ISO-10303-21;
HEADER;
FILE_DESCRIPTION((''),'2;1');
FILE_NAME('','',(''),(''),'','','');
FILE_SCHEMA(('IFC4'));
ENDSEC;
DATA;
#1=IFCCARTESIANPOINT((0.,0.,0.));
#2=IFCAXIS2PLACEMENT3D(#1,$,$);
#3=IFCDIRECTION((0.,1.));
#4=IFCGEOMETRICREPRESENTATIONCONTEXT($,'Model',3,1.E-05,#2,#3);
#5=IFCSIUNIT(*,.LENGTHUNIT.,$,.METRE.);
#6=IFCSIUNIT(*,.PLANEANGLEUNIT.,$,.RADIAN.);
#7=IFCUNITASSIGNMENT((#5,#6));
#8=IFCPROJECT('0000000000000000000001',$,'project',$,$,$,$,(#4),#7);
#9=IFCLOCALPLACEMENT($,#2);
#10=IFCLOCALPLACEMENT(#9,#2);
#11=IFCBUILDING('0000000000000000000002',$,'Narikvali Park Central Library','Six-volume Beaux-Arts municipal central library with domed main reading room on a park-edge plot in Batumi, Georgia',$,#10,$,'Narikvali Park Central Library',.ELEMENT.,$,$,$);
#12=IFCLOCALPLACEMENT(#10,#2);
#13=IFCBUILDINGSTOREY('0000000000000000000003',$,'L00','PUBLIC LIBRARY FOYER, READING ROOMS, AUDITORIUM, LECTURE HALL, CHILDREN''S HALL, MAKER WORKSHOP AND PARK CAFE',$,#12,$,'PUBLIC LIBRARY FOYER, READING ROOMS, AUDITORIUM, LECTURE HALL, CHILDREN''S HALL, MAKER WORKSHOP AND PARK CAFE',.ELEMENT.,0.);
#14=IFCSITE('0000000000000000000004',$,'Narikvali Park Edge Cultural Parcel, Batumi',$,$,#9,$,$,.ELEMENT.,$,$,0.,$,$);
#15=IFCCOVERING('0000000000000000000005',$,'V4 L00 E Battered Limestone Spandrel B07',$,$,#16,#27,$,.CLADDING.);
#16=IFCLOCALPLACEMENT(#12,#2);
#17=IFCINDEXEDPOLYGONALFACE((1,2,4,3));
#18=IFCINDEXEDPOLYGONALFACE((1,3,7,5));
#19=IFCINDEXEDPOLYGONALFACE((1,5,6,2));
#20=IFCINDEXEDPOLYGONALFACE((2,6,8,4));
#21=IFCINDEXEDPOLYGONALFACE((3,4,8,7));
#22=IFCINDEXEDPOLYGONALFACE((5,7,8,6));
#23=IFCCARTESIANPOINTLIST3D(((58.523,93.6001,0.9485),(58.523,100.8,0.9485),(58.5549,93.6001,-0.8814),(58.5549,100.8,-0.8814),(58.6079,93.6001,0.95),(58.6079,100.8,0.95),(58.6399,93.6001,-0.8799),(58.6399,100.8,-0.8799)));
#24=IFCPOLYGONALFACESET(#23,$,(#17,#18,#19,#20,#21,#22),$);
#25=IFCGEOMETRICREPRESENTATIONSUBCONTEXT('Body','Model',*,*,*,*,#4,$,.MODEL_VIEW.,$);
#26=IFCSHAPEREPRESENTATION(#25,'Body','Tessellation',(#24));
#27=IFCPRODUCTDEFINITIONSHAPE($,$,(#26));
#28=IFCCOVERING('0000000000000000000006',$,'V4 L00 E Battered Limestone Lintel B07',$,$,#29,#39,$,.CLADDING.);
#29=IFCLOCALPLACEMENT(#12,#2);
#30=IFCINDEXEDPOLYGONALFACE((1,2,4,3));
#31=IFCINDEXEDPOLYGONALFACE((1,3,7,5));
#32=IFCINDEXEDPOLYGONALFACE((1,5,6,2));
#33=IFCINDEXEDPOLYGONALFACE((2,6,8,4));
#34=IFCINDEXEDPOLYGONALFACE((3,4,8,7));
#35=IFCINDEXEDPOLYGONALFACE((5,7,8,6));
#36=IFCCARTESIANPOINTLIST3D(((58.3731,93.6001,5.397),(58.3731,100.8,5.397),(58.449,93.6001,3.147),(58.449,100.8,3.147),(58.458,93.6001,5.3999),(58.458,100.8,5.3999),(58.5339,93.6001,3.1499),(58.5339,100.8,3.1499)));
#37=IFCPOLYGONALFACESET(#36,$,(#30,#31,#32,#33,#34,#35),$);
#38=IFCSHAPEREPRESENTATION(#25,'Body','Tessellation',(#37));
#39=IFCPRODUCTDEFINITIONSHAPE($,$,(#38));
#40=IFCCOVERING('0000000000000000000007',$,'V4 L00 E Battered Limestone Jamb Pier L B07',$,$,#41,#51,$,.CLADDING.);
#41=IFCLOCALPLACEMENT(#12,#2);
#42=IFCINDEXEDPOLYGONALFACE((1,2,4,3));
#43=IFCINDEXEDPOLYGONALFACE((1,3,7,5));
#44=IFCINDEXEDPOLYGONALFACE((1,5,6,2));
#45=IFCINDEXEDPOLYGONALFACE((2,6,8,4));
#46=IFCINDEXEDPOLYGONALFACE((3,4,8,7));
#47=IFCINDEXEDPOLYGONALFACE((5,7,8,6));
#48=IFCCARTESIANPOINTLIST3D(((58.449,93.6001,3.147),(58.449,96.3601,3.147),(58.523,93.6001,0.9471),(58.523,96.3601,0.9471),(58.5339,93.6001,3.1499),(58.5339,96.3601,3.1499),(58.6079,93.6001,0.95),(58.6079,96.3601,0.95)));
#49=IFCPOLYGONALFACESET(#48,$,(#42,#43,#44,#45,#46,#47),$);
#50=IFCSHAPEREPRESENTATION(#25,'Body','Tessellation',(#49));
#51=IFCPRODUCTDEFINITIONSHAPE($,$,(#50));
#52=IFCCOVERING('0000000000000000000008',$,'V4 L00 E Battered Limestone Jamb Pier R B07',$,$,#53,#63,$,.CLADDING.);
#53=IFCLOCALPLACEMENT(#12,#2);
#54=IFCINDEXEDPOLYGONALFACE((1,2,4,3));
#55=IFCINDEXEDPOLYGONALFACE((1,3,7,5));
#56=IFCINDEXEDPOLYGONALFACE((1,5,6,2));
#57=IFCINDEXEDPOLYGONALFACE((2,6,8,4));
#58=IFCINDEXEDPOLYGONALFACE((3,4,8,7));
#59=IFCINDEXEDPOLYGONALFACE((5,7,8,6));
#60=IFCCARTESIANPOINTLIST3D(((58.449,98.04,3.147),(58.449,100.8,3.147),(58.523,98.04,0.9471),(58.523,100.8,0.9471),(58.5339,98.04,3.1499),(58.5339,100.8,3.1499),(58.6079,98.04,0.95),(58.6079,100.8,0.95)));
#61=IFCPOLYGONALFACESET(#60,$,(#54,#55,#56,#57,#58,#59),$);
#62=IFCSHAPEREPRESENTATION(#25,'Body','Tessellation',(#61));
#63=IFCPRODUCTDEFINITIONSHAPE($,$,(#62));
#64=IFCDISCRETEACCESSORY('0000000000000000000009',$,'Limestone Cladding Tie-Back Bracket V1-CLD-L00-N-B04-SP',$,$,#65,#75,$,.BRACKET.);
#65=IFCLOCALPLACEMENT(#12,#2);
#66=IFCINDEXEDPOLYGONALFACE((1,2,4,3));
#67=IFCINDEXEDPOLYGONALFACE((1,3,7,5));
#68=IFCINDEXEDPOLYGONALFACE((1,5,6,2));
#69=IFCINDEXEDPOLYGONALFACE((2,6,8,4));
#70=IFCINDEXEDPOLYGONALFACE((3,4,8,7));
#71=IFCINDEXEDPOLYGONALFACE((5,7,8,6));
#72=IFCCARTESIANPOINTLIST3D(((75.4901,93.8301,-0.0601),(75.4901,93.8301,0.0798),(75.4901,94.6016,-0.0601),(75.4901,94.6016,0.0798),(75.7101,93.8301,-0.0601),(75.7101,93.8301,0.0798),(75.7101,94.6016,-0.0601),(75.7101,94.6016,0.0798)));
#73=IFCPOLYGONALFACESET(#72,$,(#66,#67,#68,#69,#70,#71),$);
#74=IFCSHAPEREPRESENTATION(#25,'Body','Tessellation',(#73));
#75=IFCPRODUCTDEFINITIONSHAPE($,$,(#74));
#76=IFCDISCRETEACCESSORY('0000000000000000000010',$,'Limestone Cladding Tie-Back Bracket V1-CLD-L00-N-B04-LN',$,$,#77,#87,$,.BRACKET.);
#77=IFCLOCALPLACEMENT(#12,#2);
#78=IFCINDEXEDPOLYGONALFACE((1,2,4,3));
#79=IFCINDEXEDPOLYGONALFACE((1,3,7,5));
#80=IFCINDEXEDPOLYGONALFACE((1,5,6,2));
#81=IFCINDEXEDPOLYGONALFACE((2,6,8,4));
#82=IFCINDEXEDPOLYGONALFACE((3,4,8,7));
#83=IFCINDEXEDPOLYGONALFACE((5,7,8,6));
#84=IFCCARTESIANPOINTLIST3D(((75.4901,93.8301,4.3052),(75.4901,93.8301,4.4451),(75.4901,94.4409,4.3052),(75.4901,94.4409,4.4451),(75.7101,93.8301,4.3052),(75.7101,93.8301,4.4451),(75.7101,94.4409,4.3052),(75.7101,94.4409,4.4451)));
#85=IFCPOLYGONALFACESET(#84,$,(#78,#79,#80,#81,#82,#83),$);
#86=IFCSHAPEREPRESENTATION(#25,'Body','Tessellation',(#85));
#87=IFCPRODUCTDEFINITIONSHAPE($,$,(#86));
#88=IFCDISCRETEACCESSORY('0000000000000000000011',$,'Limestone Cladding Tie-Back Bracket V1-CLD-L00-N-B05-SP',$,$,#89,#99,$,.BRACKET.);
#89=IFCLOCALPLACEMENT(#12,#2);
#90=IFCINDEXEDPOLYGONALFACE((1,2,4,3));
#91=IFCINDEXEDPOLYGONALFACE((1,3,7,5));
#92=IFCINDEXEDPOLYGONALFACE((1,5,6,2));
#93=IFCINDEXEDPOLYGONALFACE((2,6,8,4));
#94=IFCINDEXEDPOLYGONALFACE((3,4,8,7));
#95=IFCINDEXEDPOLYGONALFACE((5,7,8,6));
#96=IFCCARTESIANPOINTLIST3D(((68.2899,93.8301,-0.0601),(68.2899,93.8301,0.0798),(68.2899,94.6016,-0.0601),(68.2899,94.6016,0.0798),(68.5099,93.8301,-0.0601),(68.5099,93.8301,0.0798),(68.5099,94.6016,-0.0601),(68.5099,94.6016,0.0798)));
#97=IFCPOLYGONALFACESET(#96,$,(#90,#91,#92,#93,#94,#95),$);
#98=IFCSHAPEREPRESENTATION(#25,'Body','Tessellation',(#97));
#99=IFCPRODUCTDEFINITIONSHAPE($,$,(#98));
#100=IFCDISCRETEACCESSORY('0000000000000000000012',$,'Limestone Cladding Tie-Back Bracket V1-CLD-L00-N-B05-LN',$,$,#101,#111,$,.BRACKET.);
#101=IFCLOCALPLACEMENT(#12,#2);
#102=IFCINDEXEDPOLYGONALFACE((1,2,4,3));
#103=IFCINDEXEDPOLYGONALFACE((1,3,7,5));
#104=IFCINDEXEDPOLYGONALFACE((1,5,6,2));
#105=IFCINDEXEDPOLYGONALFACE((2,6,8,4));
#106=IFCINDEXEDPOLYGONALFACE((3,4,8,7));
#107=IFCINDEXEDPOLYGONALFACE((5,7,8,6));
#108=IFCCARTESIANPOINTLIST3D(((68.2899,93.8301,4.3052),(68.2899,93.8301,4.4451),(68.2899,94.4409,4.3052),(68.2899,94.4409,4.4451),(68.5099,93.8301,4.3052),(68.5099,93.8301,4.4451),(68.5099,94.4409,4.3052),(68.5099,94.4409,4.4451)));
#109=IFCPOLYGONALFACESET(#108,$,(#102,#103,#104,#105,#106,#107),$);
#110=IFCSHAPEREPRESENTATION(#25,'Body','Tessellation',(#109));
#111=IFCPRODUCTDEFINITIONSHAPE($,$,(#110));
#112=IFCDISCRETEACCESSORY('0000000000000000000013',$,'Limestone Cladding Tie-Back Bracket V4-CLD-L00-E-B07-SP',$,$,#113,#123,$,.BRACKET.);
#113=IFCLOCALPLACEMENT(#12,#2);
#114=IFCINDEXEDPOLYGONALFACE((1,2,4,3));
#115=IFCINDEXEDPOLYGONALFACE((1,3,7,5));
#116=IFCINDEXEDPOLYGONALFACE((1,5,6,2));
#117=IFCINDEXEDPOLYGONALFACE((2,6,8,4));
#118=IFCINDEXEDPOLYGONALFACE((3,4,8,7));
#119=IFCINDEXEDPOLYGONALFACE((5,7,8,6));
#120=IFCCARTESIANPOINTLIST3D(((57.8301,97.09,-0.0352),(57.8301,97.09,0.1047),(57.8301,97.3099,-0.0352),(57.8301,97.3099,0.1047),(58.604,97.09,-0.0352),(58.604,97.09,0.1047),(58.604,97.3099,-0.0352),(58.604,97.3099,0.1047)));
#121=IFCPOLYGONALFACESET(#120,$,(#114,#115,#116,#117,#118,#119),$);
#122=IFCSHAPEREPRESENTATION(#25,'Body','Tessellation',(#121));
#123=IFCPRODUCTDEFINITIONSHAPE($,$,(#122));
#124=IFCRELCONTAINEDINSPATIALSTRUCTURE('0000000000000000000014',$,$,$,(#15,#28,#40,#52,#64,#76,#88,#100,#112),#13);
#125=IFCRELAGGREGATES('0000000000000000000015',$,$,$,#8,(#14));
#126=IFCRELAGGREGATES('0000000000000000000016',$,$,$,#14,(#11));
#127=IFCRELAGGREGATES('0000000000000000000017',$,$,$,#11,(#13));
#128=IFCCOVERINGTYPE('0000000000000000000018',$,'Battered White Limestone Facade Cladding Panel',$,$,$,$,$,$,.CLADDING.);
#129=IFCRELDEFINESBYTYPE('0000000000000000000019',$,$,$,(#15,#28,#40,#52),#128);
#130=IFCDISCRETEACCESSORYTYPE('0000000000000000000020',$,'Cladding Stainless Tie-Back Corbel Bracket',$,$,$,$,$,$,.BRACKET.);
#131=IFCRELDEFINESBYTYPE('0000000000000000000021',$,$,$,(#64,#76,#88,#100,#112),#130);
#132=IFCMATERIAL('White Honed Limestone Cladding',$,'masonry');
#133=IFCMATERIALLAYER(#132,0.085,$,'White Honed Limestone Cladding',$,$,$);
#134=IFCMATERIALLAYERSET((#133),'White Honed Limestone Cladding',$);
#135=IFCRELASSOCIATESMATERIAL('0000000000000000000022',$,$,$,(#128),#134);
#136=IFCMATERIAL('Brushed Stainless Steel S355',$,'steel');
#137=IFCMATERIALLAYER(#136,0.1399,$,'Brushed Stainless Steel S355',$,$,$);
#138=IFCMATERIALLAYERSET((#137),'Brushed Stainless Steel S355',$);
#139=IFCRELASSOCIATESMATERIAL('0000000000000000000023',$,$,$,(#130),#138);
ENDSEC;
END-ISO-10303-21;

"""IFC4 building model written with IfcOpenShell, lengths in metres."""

from ifc_helpers import new_model, si_unit, direction, frame, origin, origin_2d, place, context, subcontext, project, spatial, polyline, rectangle, outline, extrude, material, layer, layer_set, type_object, element, save


model = new_model("IFC4")

# Units and contexts
model_context = context("Model", 3, precision=1e-05, world=origin(), true_north=direction((0.0, 1.0)))
body_context = subcontext(model_context, "Body", "Model", "MODEL_VIEW")
ifc_project = project(units=[si_unit("LENGTHUNIT", "METRE"), si_unit("PLANEANGLEUNIT", "RADIAN")], contexts=[model_context])

# Site, building, storey
site_placement = place(None, origin())
site = spatial("IfcSite", under=ifc_project, at=site_placement, Name="Narikvali Park Edge Cultural Parcel, Batumi", CompositionType="ELEMENT", RefElevation=0.0)
building_placement = place(site_placement, origin())
building = spatial("IfcBuilding", under=site, at=building_placement, Name="Narikvali Park Central Library", Description="Six-volume Beaux-Arts municipal central library with domed main reading room on a park-edge plot in Batumi, Georgia", LongName="Narikvali Park Central Library", CompositionType="ELEMENT")
storey_placement = place(building_placement, origin())
storey = spatial("IfcBuildingStorey", under=building, at=storey_placement, Name="L00", Description="PUBLIC LIBRARY FOYER, READING ROOMS, AUDITORIUM, LECTURE HALL, CHILDREN'S HALL, MAKER WORKSHOP AND PARK CAFE", LongName="PUBLIC LIBRARY FOYER, READING ROOMS, AUDITORIUM, LECTURE HALL, CHILDREN'S HALL, MAKER WORKSHOP AND PARK CAFE", CompositionType="ELEMENT", Elevation=0.0)

# Coverings
ifc_material_1 = material(Name="White Honed Limestone Cladding", Category="masonry")
ifc_layer_1 = layer(ifc_material_1, 0.085, Name="White Honed Limestone Cladding")
ifc_layer_set_1 = layer_set([ifc_layer_1], Name="White Honed Limestone Cladding")
covering_type = type_object("IfcCoveringType", Name="Battered White Limestone Facade Cladding Panel", PredefinedType="CLADDING", material=ifc_layer_set_1)
covering_1_placement = place(storey_placement, frame((58.6399, 93.6001, -0.8799), z_axis=(0.999847, 0.0, 0.017476), x_axis=(0.0, 1.0, 0.0)))
element("IfcCovering", 1, at=covering_1_placement, inside=storey, type_object=covering_type, Name="V4 L00 E Battered Limestone Spandrel B07", PredefinedType="CLADDING", context=body_context, shape_type="SweptSolid", body=[
    extrude(outline(polyline([(0.0, 0.0), (7.2, 0.0), (7.2, 1.8301), (0.0, 1.8301), (0.0, 0.0)])), origin(), (0.0, 0.0, -1.0), 0.085),
])
covering_2_placement = place(storey_placement, frame((58.5339, 93.6001, 3.1499), z_axis=(0.999431, 0.0, 0.033726), x_axis=(0.0, 1.0, 0.0)))
element("IfcCovering", 2, at=covering_2_placement, inside=storey, type_object=covering_type, Name="V4 L00 E Battered Limestone Lintel B07", PredefinedType="CLADDING", context=body_context, shape_type="SweptSolid", body=[
    extrude(outline(polyline([(0.0, 0.0), (7.2, 0.0), (7.2, 2.2513), (0.0, 2.2513), (0.0, 0.0)])), origin(), (0.0, 0.0, -1.0), 0.085),
])
for number, where, z_axis, x_axis, name in (
    (3, (58.6079, 93.6001, 0.95), (0.999435, 0.0, 0.033607), (0.0, 1.0, 0.0), "V4 L00 E Battered Limestone Jamb Pier L B07"),
    (4, (58.6079, 98.04, 0.95), (0.999435, 0.0, 0.033607), (0.0, 1.0, 0.0), "V4 L00 E Battered Limestone Jamb Pier R B07"),
):
    element("IfcCovering", number, at=place(storey_placement, frame(where, z_axis=z_axis, x_axis=x_axis)), inside=storey, type_object=covering_type, Name=name, PredefinedType="CLADDING", context=body_context, shape_type="SweptSolid", body=[
        extrude(outline(polyline([(0.0, 0.0), (2.76, 0.0), (2.76, 2.2012), (0.0, 2.2012), (0.0, 0.0)])), origin(), (0.0, 0.0, -1.0), 0.085),
    ])

# Discrete accessories
ifc_material_2 = material(Name="Brushed Stainless Steel S355", Category="steel")
ifc_layer_2 = layer(ifc_material_2, 0.1399, Name="Brushed Stainless Steel S355")
ifc_layer_set_2 = layer_set([ifc_layer_2], Name="Brushed Stainless Steel S355")
discrete_accessory_type = type_object("IfcDiscreteAccessoryType", Name="Cladding Stainless Tie-Back Corbel Bracket", PredefinedType="BRACKET", material=ifc_layer_set_2)
discrete_accessory_1_placement = place(storey_placement, frame((75.6001, 94.2158, -0.0601), z_axis=(0.0, 0.0, 1.0), x_axis=(1.0, 0.0, 0.0)))
element("IfcDiscreteAccessory", 5, at=discrete_accessory_1_placement, inside=storey, type_object=discrete_accessory_type, Name="Limestone Cladding Tie-Back Bracket V1-CLD-L00-N-B04-SP", PredefinedType="BRACKET", context=body_context, shape_type="SweptSolid", body=[
    extrude(rectangle(XDim=0.22, YDim=0.7715, at=origin_2d()), origin(), (0.0, 0.0, 1.0), 0.1399),
])
discrete_accessory_2_placement = place(storey_placement, frame((75.6001, 94.1355, 4.3052), z_axis=(0.0, 0.0, 1.0), x_axis=(1.0, 0.0, 0.0)))
element("IfcDiscreteAccessory", 6, at=discrete_accessory_2_placement, inside=storey, type_object=discrete_accessory_type, Name="Limestone Cladding Tie-Back Bracket V1-CLD-L00-N-B04-LN", PredefinedType="BRACKET", context=body_context, shape_type="SweptSolid", body=[
    extrude(rectangle(XDim=0.22, YDim=0.6108, at=origin_2d()), origin(), (0.0, 0.0, 1.0), 0.1399),
])
discrete_accessory_3_placement = place(storey_placement, frame((68.3999, 94.2158, -0.0601), z_axis=(0.0, 0.0, 1.0), x_axis=(1.0, 0.0, 0.0)))
element("IfcDiscreteAccessory", 7, at=discrete_accessory_3_placement, inside=storey, type_object=discrete_accessory_type, Name="Limestone Cladding Tie-Back Bracket V1-CLD-L00-N-B05-SP", PredefinedType="BRACKET", context=body_context, shape_type="SweptSolid", body=[
    extrude(rectangle(XDim=0.22, YDim=0.7715, at=origin_2d()), origin(), (0.0, 0.0, 1.0), 0.1399),
])
discrete_accessory_4_placement = place(storey_placement, frame((68.3999, 94.1355, 4.3052), z_axis=(0.0, 0.0, 1.0), x_axis=(1.0, 0.0, 0.0)))
element("IfcDiscreteAccessory", 8, at=discrete_accessory_4_placement, inside=storey, type_object=discrete_accessory_type, Name="Limestone Cladding Tie-Back Bracket V1-CLD-L00-N-B05-LN", PredefinedType="BRACKET", context=body_context, shape_type="SweptSolid", body=[
    extrude(rectangle(XDim=0.22, YDim=0.6108, at=origin_2d()), origin(), (0.0, 0.0, 1.0), 0.1399),
])
discrete_accessory_5_placement = place(storey_placement, frame((58.217, 97.2, -0.0352), z_axis=(0.0, 0.0, 1.0), x_axis=(1.0, 0.0, 0.0)))
element("IfcDiscreteAccessory", 9, at=discrete_accessory_5_placement, inside=storey, type_object=discrete_accessory_type, Name="Limestone Cladding Tie-Back Bracket V4-CLD-L00-E-B07-SP", PredefinedType="BRACKET", context=body_context, shape_type="SweptSolid", body=[
    extrude(rectangle(XDim=0.7739, YDim=0.22, at=origin_2d()), origin(), (0.0, 0.0, 1.0), 0.1399),
])

save(model, "model.ifc")
